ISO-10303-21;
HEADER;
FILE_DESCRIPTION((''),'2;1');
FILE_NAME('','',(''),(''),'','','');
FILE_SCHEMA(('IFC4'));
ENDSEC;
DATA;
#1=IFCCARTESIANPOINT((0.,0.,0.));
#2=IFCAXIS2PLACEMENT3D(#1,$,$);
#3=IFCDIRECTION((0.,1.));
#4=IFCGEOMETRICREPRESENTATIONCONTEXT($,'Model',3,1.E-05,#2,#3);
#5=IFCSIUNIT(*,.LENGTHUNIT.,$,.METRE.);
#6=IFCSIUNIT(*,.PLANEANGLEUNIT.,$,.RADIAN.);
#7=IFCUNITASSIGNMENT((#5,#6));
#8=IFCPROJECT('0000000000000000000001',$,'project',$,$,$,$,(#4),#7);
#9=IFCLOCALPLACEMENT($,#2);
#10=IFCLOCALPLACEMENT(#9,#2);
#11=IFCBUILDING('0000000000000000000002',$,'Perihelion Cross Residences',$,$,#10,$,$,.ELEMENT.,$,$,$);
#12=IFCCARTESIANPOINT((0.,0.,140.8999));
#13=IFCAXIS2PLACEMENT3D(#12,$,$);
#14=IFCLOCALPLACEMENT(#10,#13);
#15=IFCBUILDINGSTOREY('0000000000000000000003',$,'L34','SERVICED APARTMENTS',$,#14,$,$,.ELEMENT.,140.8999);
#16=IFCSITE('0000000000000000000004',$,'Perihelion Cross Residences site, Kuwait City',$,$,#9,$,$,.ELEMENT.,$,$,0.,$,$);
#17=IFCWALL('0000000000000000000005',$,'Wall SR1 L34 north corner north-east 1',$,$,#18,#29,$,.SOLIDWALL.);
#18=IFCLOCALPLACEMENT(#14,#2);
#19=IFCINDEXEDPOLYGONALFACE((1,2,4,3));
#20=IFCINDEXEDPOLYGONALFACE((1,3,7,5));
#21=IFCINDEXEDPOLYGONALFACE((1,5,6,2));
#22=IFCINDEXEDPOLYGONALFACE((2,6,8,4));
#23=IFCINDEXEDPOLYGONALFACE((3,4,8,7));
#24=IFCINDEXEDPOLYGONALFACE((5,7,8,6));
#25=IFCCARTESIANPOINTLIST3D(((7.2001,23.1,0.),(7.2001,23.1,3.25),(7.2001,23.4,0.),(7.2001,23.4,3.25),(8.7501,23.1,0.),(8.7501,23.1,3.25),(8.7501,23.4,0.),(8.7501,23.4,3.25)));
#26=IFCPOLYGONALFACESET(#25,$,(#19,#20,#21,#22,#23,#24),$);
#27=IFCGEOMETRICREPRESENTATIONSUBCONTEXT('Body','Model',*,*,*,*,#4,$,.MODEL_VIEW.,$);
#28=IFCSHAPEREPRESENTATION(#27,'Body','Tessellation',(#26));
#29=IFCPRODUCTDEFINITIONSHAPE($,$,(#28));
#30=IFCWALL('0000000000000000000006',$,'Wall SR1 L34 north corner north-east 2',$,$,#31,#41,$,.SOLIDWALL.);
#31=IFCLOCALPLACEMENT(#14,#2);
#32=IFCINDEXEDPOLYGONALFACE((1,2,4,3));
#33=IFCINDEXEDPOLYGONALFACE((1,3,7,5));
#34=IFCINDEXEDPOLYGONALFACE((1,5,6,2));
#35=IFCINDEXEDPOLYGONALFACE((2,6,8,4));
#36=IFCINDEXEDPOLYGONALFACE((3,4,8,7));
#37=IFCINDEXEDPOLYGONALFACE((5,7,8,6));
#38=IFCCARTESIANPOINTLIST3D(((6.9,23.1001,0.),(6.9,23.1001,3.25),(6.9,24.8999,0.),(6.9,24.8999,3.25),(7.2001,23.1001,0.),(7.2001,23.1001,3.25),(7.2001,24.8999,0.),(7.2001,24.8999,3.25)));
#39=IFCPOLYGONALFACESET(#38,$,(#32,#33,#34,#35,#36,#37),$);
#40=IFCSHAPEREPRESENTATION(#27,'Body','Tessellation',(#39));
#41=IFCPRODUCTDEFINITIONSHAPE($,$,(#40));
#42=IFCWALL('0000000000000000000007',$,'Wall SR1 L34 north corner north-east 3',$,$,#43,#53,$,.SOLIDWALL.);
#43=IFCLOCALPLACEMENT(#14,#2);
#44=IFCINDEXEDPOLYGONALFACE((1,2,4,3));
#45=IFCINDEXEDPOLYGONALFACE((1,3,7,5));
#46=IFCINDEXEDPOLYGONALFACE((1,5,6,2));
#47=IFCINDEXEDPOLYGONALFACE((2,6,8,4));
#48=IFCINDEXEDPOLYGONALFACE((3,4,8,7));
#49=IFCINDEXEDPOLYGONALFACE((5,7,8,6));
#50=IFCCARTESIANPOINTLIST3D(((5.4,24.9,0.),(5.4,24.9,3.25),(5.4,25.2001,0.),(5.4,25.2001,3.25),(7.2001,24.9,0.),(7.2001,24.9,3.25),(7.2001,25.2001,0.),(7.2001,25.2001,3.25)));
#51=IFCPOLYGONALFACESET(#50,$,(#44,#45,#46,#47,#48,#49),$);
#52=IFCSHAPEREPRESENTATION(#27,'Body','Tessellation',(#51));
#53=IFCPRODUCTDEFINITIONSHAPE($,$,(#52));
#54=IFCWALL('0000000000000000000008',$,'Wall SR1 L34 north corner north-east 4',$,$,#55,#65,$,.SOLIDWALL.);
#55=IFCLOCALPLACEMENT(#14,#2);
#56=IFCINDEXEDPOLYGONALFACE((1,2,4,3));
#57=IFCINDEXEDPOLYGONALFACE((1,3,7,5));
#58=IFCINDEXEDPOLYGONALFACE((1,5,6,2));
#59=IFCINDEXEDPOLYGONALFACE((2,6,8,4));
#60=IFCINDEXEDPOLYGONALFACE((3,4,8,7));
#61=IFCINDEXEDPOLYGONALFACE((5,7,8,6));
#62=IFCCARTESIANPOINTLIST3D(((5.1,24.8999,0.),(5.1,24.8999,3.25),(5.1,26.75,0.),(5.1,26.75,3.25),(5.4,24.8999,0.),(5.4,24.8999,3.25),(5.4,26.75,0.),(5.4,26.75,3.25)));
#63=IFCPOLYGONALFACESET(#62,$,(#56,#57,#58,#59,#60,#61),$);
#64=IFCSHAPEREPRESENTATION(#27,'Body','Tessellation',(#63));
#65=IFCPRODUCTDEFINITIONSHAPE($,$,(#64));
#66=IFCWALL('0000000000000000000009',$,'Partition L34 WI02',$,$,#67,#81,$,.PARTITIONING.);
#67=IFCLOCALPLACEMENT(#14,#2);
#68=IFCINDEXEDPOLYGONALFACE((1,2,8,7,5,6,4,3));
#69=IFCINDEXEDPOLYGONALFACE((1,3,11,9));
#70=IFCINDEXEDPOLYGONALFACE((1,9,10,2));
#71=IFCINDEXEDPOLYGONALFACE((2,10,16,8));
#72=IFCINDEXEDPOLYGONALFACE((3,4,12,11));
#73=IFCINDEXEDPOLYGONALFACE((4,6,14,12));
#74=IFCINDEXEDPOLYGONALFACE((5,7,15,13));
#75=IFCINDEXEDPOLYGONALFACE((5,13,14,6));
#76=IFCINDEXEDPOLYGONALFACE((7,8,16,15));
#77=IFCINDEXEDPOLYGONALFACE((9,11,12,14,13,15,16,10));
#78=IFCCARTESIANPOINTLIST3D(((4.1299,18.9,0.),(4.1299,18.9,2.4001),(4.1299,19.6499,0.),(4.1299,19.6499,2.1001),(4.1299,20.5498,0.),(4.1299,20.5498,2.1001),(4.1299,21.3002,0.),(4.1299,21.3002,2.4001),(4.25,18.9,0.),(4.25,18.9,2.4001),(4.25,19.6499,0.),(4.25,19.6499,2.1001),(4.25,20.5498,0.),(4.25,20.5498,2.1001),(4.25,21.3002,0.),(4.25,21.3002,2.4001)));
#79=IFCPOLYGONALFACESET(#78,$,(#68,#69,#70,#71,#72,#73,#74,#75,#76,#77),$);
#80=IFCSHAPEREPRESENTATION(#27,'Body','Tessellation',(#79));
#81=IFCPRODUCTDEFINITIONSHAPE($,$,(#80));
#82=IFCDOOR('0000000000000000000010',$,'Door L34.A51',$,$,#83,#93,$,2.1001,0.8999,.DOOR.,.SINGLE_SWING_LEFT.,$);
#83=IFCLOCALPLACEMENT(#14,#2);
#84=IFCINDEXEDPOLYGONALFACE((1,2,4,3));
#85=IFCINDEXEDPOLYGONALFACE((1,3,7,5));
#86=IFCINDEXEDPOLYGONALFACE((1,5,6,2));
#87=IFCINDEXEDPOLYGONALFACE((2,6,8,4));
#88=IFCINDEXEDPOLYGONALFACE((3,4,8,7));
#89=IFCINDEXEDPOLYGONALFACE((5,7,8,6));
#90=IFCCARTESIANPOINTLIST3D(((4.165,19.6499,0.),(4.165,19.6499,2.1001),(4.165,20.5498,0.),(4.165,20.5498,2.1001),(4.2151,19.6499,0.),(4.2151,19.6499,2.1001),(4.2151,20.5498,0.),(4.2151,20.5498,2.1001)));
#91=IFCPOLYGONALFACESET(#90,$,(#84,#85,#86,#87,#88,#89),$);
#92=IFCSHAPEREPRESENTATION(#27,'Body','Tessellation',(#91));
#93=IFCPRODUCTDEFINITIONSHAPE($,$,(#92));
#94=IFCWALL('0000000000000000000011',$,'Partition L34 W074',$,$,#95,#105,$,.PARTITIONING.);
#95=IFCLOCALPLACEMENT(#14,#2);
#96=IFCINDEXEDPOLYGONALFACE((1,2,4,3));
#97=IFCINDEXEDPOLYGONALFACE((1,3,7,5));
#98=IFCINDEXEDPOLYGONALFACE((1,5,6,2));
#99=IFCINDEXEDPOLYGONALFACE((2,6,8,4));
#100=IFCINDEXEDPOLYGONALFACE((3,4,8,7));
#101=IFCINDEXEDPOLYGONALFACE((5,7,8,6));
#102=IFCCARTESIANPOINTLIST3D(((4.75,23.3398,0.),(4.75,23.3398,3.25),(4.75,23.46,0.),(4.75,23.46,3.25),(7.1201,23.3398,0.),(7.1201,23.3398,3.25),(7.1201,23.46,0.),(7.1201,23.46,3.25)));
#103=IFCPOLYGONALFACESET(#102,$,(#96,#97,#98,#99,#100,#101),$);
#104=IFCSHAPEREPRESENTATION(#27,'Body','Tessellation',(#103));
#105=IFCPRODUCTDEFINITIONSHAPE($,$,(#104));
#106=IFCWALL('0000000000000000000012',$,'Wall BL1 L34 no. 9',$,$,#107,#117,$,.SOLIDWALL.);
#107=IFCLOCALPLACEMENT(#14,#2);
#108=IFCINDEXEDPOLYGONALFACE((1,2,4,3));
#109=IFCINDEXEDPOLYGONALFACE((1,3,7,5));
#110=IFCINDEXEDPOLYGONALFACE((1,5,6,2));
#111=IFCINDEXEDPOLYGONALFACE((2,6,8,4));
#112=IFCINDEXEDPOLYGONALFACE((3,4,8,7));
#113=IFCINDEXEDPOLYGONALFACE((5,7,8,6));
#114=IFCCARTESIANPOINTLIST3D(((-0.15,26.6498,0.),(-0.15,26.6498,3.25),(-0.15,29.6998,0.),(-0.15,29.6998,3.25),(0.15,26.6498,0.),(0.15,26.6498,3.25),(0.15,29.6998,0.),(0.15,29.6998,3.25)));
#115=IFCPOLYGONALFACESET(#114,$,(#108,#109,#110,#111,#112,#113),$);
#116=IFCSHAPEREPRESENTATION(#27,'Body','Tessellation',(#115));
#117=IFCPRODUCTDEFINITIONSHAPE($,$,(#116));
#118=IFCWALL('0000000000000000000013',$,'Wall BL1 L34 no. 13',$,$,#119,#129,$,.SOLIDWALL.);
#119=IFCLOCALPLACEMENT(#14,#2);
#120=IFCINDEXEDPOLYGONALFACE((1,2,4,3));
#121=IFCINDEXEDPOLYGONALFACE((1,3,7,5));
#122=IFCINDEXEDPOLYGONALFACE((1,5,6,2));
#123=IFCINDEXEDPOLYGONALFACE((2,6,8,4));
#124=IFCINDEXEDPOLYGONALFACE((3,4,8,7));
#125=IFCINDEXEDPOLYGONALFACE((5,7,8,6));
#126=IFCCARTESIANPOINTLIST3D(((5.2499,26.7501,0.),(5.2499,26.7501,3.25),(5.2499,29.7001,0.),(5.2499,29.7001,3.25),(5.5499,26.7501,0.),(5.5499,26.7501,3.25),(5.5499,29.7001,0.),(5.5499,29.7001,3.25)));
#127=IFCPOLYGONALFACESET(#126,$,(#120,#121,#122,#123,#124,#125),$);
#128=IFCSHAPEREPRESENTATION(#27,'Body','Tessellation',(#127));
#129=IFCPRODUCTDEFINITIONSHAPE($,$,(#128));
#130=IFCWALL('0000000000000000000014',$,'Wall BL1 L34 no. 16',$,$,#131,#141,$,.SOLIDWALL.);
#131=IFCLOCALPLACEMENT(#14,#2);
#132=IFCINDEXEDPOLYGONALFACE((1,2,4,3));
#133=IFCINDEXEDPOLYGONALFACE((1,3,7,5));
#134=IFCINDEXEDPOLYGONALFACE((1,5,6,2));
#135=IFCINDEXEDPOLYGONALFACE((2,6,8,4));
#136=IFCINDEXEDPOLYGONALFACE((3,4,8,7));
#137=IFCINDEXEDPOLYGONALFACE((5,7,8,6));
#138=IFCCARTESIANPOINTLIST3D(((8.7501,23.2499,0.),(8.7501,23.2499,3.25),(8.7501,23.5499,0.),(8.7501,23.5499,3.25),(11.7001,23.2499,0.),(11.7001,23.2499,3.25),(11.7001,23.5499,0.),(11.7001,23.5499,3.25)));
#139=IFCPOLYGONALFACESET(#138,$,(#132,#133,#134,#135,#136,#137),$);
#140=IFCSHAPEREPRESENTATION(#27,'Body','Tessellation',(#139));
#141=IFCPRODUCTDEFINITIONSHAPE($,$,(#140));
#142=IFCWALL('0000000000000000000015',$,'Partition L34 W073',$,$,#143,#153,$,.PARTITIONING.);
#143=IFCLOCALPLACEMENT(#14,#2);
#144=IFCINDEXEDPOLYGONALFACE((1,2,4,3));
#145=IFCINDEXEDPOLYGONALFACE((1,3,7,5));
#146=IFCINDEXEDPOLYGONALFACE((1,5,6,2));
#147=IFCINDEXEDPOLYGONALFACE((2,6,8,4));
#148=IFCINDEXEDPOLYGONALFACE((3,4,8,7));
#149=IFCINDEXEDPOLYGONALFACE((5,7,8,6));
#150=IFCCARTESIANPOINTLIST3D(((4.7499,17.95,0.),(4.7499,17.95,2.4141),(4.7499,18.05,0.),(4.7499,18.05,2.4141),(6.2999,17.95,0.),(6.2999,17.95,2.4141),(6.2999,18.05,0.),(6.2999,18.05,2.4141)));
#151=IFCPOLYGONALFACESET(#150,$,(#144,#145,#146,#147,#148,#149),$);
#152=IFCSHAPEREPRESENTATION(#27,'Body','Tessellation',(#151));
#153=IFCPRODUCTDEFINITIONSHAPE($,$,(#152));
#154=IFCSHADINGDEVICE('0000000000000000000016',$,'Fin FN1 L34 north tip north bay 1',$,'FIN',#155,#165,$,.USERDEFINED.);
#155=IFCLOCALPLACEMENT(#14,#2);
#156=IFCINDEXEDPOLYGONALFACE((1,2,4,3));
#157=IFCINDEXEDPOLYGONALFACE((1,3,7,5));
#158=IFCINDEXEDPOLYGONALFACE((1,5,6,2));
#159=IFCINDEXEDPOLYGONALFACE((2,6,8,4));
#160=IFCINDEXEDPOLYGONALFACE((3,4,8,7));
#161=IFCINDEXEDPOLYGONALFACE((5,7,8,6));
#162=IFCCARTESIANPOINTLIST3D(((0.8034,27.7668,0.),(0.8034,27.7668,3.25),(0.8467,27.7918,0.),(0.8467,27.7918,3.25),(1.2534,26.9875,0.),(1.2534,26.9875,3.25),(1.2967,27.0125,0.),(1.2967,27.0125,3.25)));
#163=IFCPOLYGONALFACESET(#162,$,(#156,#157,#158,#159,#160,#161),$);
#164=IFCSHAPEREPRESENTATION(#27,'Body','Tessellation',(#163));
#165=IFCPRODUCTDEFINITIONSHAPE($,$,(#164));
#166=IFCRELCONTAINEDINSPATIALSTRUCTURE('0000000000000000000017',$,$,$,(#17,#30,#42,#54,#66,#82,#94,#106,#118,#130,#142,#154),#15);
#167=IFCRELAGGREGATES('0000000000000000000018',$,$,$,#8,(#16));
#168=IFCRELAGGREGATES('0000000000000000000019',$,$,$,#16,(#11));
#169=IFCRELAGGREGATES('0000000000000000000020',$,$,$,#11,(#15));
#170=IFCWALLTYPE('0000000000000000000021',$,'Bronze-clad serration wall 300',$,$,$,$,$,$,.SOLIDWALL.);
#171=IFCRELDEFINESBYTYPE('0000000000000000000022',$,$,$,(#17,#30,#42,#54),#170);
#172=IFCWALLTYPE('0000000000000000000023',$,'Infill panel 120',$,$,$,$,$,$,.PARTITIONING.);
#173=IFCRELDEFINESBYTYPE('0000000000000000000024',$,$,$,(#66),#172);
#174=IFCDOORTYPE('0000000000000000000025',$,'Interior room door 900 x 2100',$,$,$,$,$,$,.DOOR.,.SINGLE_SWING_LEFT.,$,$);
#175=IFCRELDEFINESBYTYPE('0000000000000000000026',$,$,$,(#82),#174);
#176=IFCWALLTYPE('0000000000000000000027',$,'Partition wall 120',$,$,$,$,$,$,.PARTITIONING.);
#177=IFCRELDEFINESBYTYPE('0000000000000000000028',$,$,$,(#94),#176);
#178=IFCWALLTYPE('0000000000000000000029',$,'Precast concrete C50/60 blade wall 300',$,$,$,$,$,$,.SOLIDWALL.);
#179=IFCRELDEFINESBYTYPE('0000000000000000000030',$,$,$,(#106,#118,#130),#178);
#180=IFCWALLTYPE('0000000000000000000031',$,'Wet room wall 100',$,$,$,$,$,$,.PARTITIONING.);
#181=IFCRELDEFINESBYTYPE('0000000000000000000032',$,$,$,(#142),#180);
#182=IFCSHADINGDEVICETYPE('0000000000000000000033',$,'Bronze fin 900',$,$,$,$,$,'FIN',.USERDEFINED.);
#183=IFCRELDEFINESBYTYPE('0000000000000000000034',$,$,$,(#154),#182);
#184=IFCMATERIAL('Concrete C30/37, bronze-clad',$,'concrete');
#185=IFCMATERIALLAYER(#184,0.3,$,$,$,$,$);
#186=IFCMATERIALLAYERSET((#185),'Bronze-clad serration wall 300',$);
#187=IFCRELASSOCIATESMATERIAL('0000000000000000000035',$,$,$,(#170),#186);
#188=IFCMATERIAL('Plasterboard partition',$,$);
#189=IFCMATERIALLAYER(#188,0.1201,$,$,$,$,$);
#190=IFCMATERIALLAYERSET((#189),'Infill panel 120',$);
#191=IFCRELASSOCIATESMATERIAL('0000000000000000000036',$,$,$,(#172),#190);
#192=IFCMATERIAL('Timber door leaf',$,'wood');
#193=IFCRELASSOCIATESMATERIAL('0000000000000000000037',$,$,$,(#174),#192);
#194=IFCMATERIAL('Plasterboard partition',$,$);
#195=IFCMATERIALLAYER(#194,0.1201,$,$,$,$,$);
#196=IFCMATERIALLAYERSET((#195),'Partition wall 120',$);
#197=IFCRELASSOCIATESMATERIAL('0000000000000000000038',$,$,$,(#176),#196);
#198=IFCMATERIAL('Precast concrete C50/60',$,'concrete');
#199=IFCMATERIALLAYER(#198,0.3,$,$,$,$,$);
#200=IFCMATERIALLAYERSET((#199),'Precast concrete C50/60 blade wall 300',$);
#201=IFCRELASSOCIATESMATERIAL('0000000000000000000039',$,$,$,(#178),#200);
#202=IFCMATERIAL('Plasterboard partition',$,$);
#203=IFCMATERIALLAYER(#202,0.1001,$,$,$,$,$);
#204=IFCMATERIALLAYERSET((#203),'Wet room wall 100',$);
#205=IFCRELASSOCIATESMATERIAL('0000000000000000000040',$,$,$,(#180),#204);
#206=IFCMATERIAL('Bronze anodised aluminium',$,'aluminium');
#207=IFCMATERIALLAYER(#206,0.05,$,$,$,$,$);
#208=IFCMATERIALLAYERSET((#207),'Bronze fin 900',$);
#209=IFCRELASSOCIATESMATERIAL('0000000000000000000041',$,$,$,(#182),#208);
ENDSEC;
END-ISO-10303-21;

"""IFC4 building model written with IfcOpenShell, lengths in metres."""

from ifc_helpers import new_model, si_unit, direction, frame, frame_2d, origin, origin_2d, place, context, subcontext, project, spatial, rectangle, extrude, material, layer, layer_set, type_object, element, fill, save


model = new_model("IFC4")

# Units and contexts
model_context = context("Model", 3, precision=1e-05, world=origin(), true_north=direction((0.0, 1.0)))
body_context = subcontext(model_context, "Body", "Model", "MODEL_VIEW")
ifc_project = project(units=[si_unit("LENGTHUNIT", "METRE"), si_unit("PLANEANGLEUNIT", "RADIAN")], contexts=[model_context])

# Site, building, storey
site_placement = place(None, origin())
site = spatial("IfcSite", under=ifc_project, at=site_placement, Name="Perihelion Cross Residences site, Kuwait City", CompositionType="ELEMENT", RefElevation=0.0)
building_placement = place(site_placement, origin())
building = spatial("IfcBuilding", under=site, at=building_placement, Name="Perihelion Cross Residences", CompositionType="ELEMENT")
storey_placement = place(building_placement, frame((0.0, 0.0, 140.8999)))
storey = spatial("IfcBuildingStorey", under=building, at=storey_placement, Name="L34", Description="SERVICED APARTMENTS", CompositionType="ELEMENT", Elevation=140.8999)

# Walls
ifc_material_1 = material(Name="Concrete C30/37, bronze-clad", Category="concrete")
ifc_layer_1 = layer(ifc_material_1, 0.3)
ifc_layer_set_1 = layer_set([ifc_layer_1], Name="Bronze-clad serration wall 300")
wall_type_1 = type_object("IfcWallType", Name="Bronze-clad serration wall 300", PredefinedType="SOLIDWALL", material=ifc_layer_set_1)
wall_1_placement = place(storey_placement, frame((8.75, 23.25, 0.0), z_axis=(0.0, 0.0, 1.0), x_axis=(-1.0, 0.0, 0.0)))
element("IfcWall", 1, at=wall_1_placement, inside=storey, type_object=wall_type_1, Name="Wall SR1 L34 north corner north-east 1", PredefinedType="SOLIDWALL", context=body_context, shape_type="SweptSolid", body=[
    extrude(rectangle(XDim=1.55, YDim=0.3, at=frame_2d((0.7749, 0.0))), origin(), (0.0, 0.0, 1.0), 3.25),
])
wall_2_placement = place(storey_placement, frame((7.05, 23.1001, 0.0), z_axis=(0.0, 0.0, 1.0), x_axis=(0.0, 1.0, 0.0)))
element("IfcWall", 2, at=wall_2_placement, inside=storey, type_object=wall_type_1, Name="Wall SR1 L34 north corner north-east 2", PredefinedType="SOLIDWALL", context=body_context, shape_type="SweptSolid", body=[
    extrude(rectangle(XDim=1.7998, YDim=0.3, at=frame_2d((0.8999, 0.0))), origin(), (0.0, 0.0, 1.0), 3.25),
])
wall_3_placement = place(storey_placement, frame((7.2, 25.05, 0.0), z_axis=(0.0, 0.0, 1.0), x_axis=(-1.0, 0.0, 0.0)))
element("IfcWall", 3, at=wall_3_placement, inside=storey, type_object=wall_type_1, Name="Wall SR1 L34 north corner north-east 3", PredefinedType="SOLIDWALL", context=body_context, shape_type="SweptSolid", body=[
    extrude(rectangle(XDim=1.8, YDim=0.3, at=frame_2d((0.8999, 0.0))), origin(), (0.0, 0.0, 1.0), 3.25),
])
wall_4_placement = place(storey_placement, frame((5.25, 24.8999, 0.0), z_axis=(0.0, 0.0, 1.0), x_axis=(0.0, 1.0, 0.0)))
element("IfcWall", 4, at=wall_4_placement, inside=storey, type_object=wall_type_1, Name="Wall SR1 L34 north corner north-east 4", PredefinedType="SOLIDWALL", context=body_context, shape_type="SweptSolid", body=[
    extrude(rectangle(XDim=1.8501, YDim=0.3, at=frame_2d((0.925, 0.0))), origin(), (0.0, 0.0, 1.0), 3.25),
])

# Wall, opening, door
ifc_material_2 = material(Name="Plasterboard partition")
ifc_layer_2 = layer(ifc_material_2, 0.1201)
ifc_layer_set_2 = layer_set([ifc_layer_2], Name="Infill panel 120")
wall_type_2 = type_object("IfcWallType", Name="Infill panel 120", PredefinedType="PARTITIONING", material=ifc_layer_set_2)
wall_5_placement = place(storey_placement, frame((4.1899, 18.8999, 0.0), z_axis=(0.0, 0.0, 1.0), x_axis=(0.0, 1.0, 0.0)))
wall_5 = element("IfcWall", 5, at=wall_5_placement, inside=storey, type_object=wall_type_2, Name="Partition L34 WI02", PredefinedType="PARTITIONING", context=body_context, shape_type="SweptSolid", body=[
    extrude(rectangle(XDim=2.4001, YDim=0.1201, at=frame_2d((1.2002, 0.0))), origin(), (0.0, 0.0, 1.0), 2.4001),
])
opening_1_placement = place(wall_5_placement, frame((0.75, 0.0, 0.0)))
opening_1 = element("IfcOpeningElement", 6, at=opening_1_placement, cuts=wall_5, PredefinedType="OPENING", context=body_context, shape_type="SweptSolid", body=[
    extrude(rectangle(XDim=0.8999, YDim=2.1001, at=frame_2d((0.45, 1.05))), frame((0.0, 0.0701, 0.0), z_axis=(0.0, -1.0, 0.0), x_axis=(1.0, 0.0, 0.0)), (0.0, 0.0, 1.0), 0.1401),
])
ifc_material_3 = material(Name="Timber door leaf", Category="wood")
door_type_1 = type_object("IfcDoorType", Name="Interior room door 900 x 2100", OperationType="SINGLE_SWING_LEFT", PredefinedType="DOOR", material=ifc_material_3)
door_1_placement = place(opening_1_placement, origin())
door_1 = element("IfcDoor", 7, at=door_1_placement, inside=storey, type_object=door_type_1, Name="Door L34.A51", OperationType="SINGLE_SWING_LEFT", OverallHeight=2.1001, OverallWidth=0.8999, PredefinedType="DOOR", context=body_context, shape_type="SweptSolid", body=[
    extrude(rectangle(XDim=0.8999, YDim=2.1001, at=frame_2d((0.45, 1.05))), frame((0.0, 0.0249, 0.0), z_axis=(0.0, -1.0, 0.0), x_axis=(1.0, 0.0, 0.0)), (0.0, 0.0, 1.0), 0.05),
])
fill(opening_1, door_1)

# Walls
ifc_material_4 = material(Name="Plasterboard partition")
ifc_layer_3 = layer(ifc_material_4, 0.1201)
ifc_layer_set_3 = layer_set([ifc_layer_3], Name="Partition wall 120")
wall_type_3 = type_object("IfcWallType", Name="Partition wall 120", PredefinedType="PARTITIONING", material=ifc_layer_set_3)
wall_6_placement = place(storey_placement, frame((4.75, 23.3999, 0.0), z_axis=(0.0, 0.0, 1.0), x_axis=(1.0, 0.0, 0.0)))
element("IfcWall", 8, at=wall_6_placement, inside=storey, type_object=wall_type_3, Name="Partition L34 W074", PredefinedType="PARTITIONING", context=body_context, shape_type="SweptSolid", body=[
    extrude(rectangle(XDim=2.3701, YDim=0.1201, at=frame_2d((1.1851, 0.0))), origin(), (0.0, 0.0, 1.0), 3.25),
])
ifc_material_5 = material(Name="Precast concrete C50/60", Category="concrete")
ifc_layer_4 = layer(ifc_material_5, 0.3)
ifc_layer_set_4 = layer_set([ifc_layer_4], Name="Precast concrete C50/60 blade wall 300")
wall_type_4 = type_object("IfcWallType", Name="Precast concrete C50/60 blade wall 300", PredefinedType="SOLIDWALL", material=ifc_layer_set_4)
wall_7_placement = place(storey_placement, frame((0.0, 26.6499, 0.0), z_axis=(0.0, 0.0, 1.0), x_axis=(0.0, 1.0, 0.0)))
element("IfcWall", 9, at=wall_7_placement, inside=storey, type_object=wall_type_4, Name="Wall BL1 L34 no. 9", PredefinedType="SOLIDWALL", context=body_context, shape_type="SweptSolid", body=[
    extrude(rectangle(XDim=3.05, YDim=0.3, at=frame_2d((1.5249, 0.0))), origin(), (0.0, 0.0, 1.0), 3.25),
])
for number, where, z_axis, x_axis, name in (
    (10, (5.3999, 26.75, 0.0), (0.0, 0.0, 1.0), (0.0, 1.0, 0.0), "Wall BL1 L34 no. 13"),
    (11, (8.75, 23.3999, 0.0), (0.0, 0.0, 1.0), (1.0, 0.0, 0.0), "Wall BL1 L34 no. 16"),
):
    element("IfcWall", number, at=place(storey_placement, frame(where, z_axis=z_axis, x_axis=x_axis)), inside=storey, type_object=wall_type_4, Name=name, PredefinedType="SOLIDWALL", context=body_context, shape_type="SweptSolid", body=[
        extrude(rectangle(XDim=2.95, YDim=0.3, at=frame_2d((1.4751, 0.0))), origin(), (0.0, 0.0, 1.0), 3.25),
    ])
ifc_material_6 = material(Name="Plasterboard partition")
ifc_layer_5 = layer(ifc_material_6, 0.1001)
ifc_layer_set_5 = layer_set([ifc_layer_5], Name="Wet room wall 100")
wall_type_5 = type_object("IfcWallType", Name="Wet room wall 100", PredefinedType="PARTITIONING", material=ifc_layer_set_5)
wall_8_placement = place(storey_placement, frame((4.75, 18.0, 0.0), z_axis=(0.0, 0.0, 1.0), x_axis=(1.0, 0.0, 0.0)))
element("IfcWall", 12, at=wall_8_placement, inside=storey, type_object=wall_type_5, Name="Partition L34 W073", PredefinedType="PARTITIONING", context=body_context, shape_type="SweptSolid", body=[
    extrude(rectangle(XDim=1.55, YDim=0.1001, at=frame_2d((0.7749, 0.0))), origin(), (0.0, 0.0, 1.0), 2.4141),
])

# Shading device
ifc_material_7 = material(Name="Bronze anodised aluminium", Category="aluminium")
ifc_layer_6 = layer(ifc_material_7, 0.05)
ifc_layer_set_6 = layer_set([ifc_layer_6], Name="Bronze fin 900")
shading_device_type = type_object("IfcShadingDeviceType", Name="Bronze fin 900", ElementType="FIN", PredefinedType="USERDEFINED", material=ifc_layer_set_6)
shading_device_placement = place(storey_placement, frame((1.05, 27.3896, 0.0), z_axis=(0.0, 0.0, 1.0), x_axis=(-0.5, 0.866025, 0.0)))
element("IfcShadingDevice", 13, at=shading_device_placement, inside=storey, type_object=shading_device_type, Name="Fin FN1 L34 north tip north bay 1", ObjectType="FIN", PredefinedType="USERDEFINED", context=body_context, shape_type="SweptSolid", body=[
    extrude(rectangle(XDim=0.8999, YDim=0.05, at=origin_2d()), origin(), (0.0, 0.0, 1.0), 3.25),
])

save(model, "model.ifc")
